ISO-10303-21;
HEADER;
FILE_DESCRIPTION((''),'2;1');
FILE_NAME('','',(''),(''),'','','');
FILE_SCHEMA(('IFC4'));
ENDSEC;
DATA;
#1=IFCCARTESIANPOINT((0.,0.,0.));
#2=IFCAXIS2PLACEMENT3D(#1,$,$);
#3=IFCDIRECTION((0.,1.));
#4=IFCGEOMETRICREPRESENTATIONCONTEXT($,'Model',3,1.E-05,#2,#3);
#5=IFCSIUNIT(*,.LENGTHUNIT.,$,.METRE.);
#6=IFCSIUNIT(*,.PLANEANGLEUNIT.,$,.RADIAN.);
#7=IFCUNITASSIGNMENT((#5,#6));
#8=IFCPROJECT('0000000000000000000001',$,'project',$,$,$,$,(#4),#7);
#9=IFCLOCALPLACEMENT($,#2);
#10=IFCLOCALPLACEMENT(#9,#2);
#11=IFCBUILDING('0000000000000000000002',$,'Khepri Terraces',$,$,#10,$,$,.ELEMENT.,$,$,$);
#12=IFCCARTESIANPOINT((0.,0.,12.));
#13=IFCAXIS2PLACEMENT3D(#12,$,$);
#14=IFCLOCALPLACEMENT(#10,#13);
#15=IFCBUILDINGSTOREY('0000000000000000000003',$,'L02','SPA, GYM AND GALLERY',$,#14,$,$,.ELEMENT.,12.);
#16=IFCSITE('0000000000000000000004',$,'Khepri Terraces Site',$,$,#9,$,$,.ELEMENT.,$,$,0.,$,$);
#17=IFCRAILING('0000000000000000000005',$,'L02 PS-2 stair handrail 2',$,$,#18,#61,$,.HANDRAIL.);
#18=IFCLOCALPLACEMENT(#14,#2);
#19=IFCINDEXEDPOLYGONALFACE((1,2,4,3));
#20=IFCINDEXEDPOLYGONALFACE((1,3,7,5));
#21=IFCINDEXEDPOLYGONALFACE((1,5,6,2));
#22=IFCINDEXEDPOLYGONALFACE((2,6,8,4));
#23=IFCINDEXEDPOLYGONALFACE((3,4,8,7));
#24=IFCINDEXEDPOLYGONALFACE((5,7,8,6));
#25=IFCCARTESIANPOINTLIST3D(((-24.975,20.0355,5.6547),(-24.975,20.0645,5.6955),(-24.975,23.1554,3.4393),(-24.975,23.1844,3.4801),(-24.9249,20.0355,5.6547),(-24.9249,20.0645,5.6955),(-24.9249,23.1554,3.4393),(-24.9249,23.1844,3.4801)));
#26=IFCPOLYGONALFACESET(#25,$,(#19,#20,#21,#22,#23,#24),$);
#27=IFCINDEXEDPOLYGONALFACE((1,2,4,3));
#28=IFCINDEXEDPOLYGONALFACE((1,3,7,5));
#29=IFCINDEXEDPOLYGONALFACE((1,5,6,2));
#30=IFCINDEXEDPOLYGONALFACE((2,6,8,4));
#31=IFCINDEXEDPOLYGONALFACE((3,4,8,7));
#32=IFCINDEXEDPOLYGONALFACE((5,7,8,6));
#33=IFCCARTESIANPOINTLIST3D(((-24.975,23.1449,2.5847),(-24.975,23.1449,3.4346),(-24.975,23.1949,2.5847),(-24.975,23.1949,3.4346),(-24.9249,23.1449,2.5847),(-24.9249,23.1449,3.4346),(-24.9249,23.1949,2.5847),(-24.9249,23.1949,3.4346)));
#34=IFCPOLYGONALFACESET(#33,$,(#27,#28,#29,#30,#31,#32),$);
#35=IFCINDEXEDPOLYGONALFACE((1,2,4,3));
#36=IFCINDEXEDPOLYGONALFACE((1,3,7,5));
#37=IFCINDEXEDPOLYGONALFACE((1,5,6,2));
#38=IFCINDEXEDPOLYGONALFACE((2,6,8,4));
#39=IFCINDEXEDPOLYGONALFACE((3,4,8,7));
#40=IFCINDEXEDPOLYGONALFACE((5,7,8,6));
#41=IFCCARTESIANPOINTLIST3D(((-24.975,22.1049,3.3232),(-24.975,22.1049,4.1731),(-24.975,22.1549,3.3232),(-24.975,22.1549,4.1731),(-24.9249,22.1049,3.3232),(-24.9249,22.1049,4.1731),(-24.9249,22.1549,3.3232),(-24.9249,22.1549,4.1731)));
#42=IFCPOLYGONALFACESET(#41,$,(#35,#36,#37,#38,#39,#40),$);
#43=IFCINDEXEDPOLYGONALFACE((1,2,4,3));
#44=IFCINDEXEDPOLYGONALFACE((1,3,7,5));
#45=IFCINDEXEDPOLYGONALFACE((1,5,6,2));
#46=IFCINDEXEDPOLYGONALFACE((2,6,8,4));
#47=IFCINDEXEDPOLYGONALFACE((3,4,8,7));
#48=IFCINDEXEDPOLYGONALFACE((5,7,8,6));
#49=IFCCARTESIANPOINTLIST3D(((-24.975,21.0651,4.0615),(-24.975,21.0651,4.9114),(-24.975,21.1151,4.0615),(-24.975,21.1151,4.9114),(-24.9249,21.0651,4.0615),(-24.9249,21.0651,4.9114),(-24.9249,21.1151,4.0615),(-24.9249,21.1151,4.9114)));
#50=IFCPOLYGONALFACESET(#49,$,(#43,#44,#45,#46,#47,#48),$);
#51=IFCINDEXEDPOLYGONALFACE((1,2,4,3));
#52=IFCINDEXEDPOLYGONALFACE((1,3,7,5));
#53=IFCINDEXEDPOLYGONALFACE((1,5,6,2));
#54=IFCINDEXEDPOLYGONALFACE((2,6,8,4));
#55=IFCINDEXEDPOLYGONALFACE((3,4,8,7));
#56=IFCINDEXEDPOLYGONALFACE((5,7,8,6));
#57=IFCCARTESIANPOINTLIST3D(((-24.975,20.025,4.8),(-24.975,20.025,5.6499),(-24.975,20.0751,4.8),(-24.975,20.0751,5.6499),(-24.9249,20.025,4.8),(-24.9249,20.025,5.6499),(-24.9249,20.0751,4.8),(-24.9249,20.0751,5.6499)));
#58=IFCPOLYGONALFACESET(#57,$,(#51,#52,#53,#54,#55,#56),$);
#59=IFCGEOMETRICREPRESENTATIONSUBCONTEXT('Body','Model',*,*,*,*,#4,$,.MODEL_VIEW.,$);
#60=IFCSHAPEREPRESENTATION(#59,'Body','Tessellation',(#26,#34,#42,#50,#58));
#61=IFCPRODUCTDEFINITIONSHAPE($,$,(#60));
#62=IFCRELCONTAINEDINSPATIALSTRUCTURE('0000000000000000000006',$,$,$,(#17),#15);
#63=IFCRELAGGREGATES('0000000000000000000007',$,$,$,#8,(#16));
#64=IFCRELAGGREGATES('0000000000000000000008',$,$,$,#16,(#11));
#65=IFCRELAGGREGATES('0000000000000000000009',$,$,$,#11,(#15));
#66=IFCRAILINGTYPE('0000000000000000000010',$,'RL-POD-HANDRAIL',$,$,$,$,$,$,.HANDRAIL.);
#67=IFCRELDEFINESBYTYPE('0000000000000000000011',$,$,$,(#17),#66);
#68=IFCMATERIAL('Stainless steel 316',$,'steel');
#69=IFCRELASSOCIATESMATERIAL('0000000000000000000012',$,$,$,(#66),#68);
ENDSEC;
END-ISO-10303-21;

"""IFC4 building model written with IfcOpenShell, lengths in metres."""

from ifc_helpers import new_model, si_unit, direction, frame, origin, origin_2d, place, context, subcontext, project, spatial, rectangle, extrude, material, type_object, element, save


model = new_model("IFC4")

# Units and contexts
model_context = context("Model", 3, precision=1e-05, world=origin(), true_north=direction((0.0, 1.0)))
body_context = subcontext(model_context, "Body", "Model", "MODEL_VIEW")
ifc_project = project(units=[si_unit("LENGTHUNIT", "METRE"), si_unit("PLANEANGLEUNIT", "RADIAN")], contexts=[model_context])

# Site, building, storey
site_placement = place(None, origin())
site = spatial("IfcSite", under=ifc_project, at=site_placement, Name="Khepri Terraces Site", CompositionType="ELEMENT", RefElevation=0.0)
building_placement = place(site_placement, origin())
building = spatial("IfcBuilding", under=site, at=building_placement, Name="Khepri Terraces", CompositionType="ELEMENT")
storey_placement = place(building_placement, frame((0.0, 0.0, 12.0)))
storey = spatial("IfcBuildingStorey", under=building, at=storey_placement, Name="L02", Description="SPA, GYM AND GALLERY", CompositionType="ELEMENT", Elevation=12.0)

# Railing
ifc_material_1 = material(Name="Stainless steel 316", Category="steel")
railing_type_1 = type_object("IfcRailingType", Name="RL-POD-HANDRAIL", PredefinedType="HANDRAIL", material=ifc_material_1)
railing_1_placement = place(storey_placement, frame((-24.95, 23.1699, 2.5847)))
element("IfcRailing", 1, at=railing_1_placement, inside=storey, type_object=railing_type_1, Name="L02 PS-2 stair handrail 2", PredefinedType="HANDRAIL", context=body_context, shape_type="SweptSolid", body=[
    extrude(rectangle(XDim=0.05, YDim=0.05, at=origin_2d()), frame((0.0, 0.0, 0.875), z_axis=(0.0, -0.815356, 0.578961), x_axis=(1.0, 0.0, 0.0)), (0.0, 0.0, 1.0), 3.8264),
    extrude(rectangle(XDim=0.05, YDim=0.05, at=origin_2d()), origin(), (0.0, 0.0, 1.0), 0.8499),
    extrude(rectangle(XDim=0.05, YDim=0.05, at=origin_2d()), frame((0.0, -1.04, 0.7385)), (0.0, 0.0, 1.0), 0.8499),
    extrude(rectangle(XDim=0.05, YDim=0.05, at=origin_2d()), frame((0.0, -2.0798, 1.4768)), (0.0, 0.0, 1.0), 0.8499),
    extrude(rectangle(XDim=0.05, YDim=0.05, at=origin_2d()), frame((0.0, -3.1199, 2.2153)), (0.0, 0.0, 1.0), 0.8499),
])

save(model, "model.ifc")
